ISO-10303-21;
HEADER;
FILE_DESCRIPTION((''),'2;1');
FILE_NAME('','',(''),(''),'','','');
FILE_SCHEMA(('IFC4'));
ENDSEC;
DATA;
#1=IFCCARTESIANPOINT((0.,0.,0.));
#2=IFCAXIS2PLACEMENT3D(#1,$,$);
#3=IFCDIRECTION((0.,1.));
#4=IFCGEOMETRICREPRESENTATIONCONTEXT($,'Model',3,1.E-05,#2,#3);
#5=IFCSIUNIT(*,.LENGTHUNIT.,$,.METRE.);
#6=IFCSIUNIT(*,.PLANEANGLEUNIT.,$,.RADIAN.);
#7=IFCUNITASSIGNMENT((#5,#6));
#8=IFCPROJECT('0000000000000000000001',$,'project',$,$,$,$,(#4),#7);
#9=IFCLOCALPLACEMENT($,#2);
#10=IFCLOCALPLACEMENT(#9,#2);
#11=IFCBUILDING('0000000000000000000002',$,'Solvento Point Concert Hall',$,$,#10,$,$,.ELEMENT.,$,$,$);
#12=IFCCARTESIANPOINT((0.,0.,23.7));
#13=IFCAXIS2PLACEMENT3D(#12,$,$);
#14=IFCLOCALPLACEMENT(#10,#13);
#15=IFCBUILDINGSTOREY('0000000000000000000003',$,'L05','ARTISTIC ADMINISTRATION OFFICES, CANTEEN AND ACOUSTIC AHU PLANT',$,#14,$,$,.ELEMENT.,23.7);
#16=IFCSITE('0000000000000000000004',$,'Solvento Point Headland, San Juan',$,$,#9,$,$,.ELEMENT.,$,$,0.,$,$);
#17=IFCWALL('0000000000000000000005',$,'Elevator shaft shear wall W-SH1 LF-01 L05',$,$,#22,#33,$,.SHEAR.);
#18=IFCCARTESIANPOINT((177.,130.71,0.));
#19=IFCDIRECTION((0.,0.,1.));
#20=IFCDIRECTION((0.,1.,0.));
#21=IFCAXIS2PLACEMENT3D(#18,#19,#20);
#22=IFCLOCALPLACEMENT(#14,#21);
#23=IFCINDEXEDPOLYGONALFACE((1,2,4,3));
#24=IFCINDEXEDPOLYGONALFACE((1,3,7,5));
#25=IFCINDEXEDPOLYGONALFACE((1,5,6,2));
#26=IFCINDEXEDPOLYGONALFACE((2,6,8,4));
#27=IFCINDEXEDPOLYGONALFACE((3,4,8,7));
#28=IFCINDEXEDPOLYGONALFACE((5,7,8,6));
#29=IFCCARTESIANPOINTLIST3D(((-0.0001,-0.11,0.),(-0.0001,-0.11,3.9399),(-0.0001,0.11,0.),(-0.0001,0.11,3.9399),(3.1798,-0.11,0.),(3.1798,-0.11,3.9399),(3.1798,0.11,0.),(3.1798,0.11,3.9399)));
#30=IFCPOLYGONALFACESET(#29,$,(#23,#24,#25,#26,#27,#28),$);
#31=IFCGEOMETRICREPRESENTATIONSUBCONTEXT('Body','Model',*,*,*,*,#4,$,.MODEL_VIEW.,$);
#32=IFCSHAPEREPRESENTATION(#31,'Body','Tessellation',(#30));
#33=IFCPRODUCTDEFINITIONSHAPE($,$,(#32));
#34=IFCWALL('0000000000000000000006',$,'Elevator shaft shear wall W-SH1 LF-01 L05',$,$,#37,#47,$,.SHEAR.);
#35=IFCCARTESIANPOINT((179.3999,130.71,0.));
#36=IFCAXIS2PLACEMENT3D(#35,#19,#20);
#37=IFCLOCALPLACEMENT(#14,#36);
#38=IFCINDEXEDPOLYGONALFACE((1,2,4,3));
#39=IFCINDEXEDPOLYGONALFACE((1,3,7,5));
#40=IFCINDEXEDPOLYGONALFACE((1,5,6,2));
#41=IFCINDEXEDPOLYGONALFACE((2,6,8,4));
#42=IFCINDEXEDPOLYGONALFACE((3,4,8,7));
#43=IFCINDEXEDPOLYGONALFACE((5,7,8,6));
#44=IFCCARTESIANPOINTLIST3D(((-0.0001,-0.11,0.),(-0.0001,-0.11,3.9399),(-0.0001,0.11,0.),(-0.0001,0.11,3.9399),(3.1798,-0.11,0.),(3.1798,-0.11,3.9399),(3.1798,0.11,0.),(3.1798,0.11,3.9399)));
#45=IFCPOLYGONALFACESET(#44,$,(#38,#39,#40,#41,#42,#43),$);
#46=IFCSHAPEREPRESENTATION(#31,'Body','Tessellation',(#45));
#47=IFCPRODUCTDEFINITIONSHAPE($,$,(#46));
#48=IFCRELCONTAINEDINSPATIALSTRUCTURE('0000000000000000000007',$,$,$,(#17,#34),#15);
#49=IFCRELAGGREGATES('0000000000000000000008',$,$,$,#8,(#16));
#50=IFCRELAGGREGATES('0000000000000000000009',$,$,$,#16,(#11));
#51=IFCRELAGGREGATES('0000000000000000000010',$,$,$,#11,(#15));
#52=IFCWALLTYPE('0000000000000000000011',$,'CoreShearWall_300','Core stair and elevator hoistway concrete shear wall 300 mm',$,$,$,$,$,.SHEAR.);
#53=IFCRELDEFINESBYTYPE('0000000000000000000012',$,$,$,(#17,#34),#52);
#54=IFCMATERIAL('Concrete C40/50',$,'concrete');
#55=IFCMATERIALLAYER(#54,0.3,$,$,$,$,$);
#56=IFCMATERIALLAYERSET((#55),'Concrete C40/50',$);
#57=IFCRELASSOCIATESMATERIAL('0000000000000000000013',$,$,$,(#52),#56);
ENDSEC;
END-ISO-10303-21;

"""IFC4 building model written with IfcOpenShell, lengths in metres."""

from ifc_helpers import new_model, si_unit, direction, frame, frame_2d, origin, place, context, subcontext, project, spatial, rectangle, extrude, material, layer, layer_set, type_object, element, save


model = new_model("IFC4")

# Units and contexts
model_context = context("Model", 3, precision=1e-05, world=origin(), true_north=direction((0.0, 1.0)))
body_context = subcontext(model_context, "Body", "Model", "MODEL_VIEW")
ifc_project = project(units=[si_unit("LENGTHUNIT", "METRE"), si_unit("PLANEANGLEUNIT", "RADIAN")], contexts=[model_context])

# Site, building, storey
site_placement = place(None, origin())
site = spatial("IfcSite", under=ifc_project, at=site_placement, Name="Solvento Point Headland, San Juan", CompositionType="ELEMENT", RefElevation=0.0)
building_placement = place(site_placement, origin())
building = spatial("IfcBuilding", under=site, at=building_placement, Name="Solvento Point Concert Hall", CompositionType="ELEMENT")
storey_placement = place(building_placement, frame((0.0, 0.0, 23.7)))
storey = spatial("IfcBuildingStorey", under=building, at=storey_placement, Name="L05", Description="ARTISTIC ADMINISTRATION OFFICES, CANTEEN AND ACOUSTIC AHU PLANT", CompositionType="ELEMENT", Elevation=23.7)

# Shared definitions
ifc_material_1 = material(Name="Concrete C40/50", Category="concrete")
ifc_layer_1 = layer(ifc_material_1, 0.3)
ifc_layer_set_1 = layer_set([ifc_layer_1], Name="Concrete C40/50")
wall_type_1 = type_object("IfcWallType", Name="CoreShearWall_300", Description="Core stair and elevator hoistway concrete shear wall 300 mm", PredefinedType="SHEAR", material=ifc_layer_set_1)

# Walls
for number, where, z_axis, x_axis, name in (
    (1, (177.0, 130.71, 0.0), (0.0, 0.0, 1.0), (0.0, 1.0, 0.0), "Elevator shaft shear wall W-SH1 LF-01 L05"),
    (2, (179.3999, 130.71, 0.0), (0.0, 0.0, 1.0), (0.0, 1.0, 0.0), "Elevator shaft shear wall W-SH1 LF-01 L05"),
):
    element("IfcWall", number, at=place(storey_placement, frame(where, z_axis=z_axis, x_axis=x_axis)), inside=storey, type_object=wall_type_1, Name=name, PredefinedType="SHEAR", context=body_context, shape_type="SweptSolid", body=[
        extrude(rectangle(XDim=3.1799, YDim=0.22, at=frame_2d((1.5898, 0.0))), origin(), (0.0, 0.0, 1.0), 3.9399),
    ])

save(model, "model.ifc")
